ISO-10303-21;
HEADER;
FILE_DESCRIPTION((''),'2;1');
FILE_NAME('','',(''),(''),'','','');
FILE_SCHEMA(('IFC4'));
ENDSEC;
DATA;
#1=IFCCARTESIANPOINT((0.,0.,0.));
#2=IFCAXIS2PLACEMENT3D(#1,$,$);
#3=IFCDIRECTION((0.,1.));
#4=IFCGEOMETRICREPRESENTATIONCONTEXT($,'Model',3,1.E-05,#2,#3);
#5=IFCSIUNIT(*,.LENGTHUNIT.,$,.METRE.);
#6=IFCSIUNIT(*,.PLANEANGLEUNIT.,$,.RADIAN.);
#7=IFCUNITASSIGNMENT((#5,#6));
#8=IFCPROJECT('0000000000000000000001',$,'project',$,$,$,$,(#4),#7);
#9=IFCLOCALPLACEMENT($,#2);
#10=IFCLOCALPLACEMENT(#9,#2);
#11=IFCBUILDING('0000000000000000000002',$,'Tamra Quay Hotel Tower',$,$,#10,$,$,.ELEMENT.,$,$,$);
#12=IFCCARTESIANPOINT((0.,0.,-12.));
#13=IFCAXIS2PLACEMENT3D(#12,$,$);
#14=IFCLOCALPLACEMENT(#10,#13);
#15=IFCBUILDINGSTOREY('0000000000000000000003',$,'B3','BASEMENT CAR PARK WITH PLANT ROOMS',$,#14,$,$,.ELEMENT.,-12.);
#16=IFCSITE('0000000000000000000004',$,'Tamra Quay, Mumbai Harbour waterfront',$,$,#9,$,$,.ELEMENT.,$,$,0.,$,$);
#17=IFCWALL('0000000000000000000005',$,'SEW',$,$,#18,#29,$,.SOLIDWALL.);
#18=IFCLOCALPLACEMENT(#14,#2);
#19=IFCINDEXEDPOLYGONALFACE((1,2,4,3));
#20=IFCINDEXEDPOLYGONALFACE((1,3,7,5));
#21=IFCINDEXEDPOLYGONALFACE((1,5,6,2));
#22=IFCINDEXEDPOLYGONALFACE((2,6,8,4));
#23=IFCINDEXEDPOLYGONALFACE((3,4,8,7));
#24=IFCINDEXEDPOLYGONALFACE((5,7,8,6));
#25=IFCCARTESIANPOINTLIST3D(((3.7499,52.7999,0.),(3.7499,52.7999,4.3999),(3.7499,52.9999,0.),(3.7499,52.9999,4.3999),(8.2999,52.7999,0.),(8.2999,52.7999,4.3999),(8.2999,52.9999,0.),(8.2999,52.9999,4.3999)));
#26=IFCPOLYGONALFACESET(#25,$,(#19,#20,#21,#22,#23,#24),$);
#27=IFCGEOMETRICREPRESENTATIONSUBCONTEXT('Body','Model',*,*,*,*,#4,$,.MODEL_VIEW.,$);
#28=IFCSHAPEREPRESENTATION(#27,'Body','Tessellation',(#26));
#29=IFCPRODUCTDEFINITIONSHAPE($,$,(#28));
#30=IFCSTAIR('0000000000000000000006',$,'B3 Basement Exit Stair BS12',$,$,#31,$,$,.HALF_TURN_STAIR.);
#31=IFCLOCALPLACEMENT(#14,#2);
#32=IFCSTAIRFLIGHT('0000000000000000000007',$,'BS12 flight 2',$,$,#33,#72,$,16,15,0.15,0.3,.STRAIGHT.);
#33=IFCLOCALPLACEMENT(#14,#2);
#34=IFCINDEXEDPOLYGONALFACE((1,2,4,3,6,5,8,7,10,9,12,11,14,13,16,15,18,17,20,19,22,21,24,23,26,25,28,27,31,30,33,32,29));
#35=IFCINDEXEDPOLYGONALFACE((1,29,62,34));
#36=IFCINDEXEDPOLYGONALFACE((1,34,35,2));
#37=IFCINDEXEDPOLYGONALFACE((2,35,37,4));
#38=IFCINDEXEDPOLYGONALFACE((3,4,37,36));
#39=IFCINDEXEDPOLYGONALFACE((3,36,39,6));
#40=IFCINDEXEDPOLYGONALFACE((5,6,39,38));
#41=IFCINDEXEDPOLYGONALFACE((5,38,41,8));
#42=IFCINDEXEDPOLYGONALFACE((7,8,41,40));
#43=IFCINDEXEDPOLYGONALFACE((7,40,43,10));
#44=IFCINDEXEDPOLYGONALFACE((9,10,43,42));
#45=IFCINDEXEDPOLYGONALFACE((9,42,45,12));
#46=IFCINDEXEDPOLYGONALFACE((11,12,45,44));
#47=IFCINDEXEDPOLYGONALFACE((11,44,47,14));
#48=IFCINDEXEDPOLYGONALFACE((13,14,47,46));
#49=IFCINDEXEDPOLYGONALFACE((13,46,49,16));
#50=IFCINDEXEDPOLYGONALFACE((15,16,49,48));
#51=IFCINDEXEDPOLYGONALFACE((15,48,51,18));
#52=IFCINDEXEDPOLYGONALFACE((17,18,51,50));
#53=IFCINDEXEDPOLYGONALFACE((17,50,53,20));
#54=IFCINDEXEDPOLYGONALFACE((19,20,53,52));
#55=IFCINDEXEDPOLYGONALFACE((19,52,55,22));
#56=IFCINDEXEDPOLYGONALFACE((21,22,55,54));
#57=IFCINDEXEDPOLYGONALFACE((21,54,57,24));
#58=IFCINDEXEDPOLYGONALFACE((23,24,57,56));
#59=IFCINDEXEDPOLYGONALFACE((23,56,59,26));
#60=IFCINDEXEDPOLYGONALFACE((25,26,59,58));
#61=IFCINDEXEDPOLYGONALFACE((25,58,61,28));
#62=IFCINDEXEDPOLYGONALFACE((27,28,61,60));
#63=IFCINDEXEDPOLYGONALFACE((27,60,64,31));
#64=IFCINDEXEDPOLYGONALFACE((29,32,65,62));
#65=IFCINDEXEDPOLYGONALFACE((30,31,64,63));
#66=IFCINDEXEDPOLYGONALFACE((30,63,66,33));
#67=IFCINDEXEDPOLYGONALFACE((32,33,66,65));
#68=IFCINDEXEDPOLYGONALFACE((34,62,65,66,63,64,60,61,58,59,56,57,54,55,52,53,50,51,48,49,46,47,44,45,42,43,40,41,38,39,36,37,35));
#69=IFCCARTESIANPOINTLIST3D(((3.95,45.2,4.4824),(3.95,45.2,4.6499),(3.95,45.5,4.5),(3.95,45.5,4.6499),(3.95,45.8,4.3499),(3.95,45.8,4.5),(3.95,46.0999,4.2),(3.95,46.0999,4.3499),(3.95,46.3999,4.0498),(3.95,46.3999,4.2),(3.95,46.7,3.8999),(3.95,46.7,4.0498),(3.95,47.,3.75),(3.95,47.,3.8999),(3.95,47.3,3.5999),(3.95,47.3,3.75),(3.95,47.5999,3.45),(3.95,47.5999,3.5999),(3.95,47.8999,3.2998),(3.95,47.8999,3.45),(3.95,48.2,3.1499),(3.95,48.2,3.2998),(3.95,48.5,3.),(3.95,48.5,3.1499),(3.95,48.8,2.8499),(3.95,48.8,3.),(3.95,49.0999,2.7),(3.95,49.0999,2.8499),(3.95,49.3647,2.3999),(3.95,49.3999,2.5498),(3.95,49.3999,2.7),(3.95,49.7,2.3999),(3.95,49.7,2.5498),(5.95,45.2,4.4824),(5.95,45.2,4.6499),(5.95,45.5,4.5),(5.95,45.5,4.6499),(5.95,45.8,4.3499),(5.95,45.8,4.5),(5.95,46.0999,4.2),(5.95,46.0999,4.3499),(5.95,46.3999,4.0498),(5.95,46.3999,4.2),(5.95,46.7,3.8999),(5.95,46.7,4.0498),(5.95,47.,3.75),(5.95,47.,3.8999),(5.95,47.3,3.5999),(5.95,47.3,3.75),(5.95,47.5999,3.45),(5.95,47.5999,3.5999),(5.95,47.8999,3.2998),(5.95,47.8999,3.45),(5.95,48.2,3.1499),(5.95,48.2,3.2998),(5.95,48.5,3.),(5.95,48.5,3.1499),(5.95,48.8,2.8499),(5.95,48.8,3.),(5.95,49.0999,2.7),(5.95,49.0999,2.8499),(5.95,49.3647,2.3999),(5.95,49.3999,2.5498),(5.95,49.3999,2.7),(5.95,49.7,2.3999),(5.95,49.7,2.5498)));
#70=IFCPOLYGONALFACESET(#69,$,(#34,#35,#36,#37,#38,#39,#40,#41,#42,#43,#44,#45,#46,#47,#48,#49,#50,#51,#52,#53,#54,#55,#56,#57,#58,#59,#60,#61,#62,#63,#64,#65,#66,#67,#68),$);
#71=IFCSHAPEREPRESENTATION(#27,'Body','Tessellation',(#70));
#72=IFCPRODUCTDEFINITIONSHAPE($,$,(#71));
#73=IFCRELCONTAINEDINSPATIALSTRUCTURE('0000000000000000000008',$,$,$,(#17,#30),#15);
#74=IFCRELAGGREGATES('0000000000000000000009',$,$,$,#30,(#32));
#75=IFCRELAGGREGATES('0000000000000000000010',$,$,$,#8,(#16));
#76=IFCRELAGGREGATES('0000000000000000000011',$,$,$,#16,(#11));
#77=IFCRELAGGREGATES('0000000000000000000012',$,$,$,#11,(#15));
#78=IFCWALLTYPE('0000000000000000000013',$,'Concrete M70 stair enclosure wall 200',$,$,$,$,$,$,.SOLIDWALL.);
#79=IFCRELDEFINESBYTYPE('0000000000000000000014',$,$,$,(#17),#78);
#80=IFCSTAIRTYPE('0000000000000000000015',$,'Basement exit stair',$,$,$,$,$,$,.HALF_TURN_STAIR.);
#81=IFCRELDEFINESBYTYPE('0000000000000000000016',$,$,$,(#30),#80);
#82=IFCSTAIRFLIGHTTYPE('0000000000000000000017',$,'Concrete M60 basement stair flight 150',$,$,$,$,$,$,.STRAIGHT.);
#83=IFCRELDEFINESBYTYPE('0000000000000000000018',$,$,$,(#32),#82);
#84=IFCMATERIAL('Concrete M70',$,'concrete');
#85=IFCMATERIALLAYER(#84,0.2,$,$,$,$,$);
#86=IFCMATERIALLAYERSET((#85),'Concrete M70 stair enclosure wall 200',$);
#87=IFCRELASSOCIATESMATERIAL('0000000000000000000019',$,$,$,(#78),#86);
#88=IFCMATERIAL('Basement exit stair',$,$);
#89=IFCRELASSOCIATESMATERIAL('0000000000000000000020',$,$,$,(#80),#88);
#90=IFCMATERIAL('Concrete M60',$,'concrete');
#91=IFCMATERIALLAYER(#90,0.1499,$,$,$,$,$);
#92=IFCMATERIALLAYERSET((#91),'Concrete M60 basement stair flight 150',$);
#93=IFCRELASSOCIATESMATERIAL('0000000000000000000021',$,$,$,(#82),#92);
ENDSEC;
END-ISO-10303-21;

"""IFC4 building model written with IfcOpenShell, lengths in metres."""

from ifc_helpers import new_model, si_unit, direction, frame, frame_2d, origin, place, context, subcontext, project, spatial, polyline, rectangle, outline, extrude, material, layer, layer_set, type_object, element, aggregate, save


model = new_model("IFC4")

# Units and contexts
model_context = context("Model", 3, precision=1e-05, world=origin(), true_north=direction((0.0, 1.0)))
body_context = subcontext(model_context, "Body", "Model", "MODEL_VIEW")
ifc_project = project(units=[si_unit("LENGTHUNIT", "METRE"), si_unit("PLANEANGLEUNIT", "RADIAN")], contexts=[model_context])

# Site, building, storey
site_placement = place(None, origin())
site = spatial("IfcSite", under=ifc_project, at=site_placement, Name="Tamra Quay, Mumbai Harbour waterfront", CompositionType="ELEMENT", RefElevation=0.0)
building_placement = place(site_placement, origin())
building = spatial("IfcBuilding", under=site, at=building_placement, Name="Tamra Quay Hotel Tower", CompositionType="ELEMENT")
storey_placement = place(building_placement, frame((0.0, 0.0, -12.0)))
storey = spatial("IfcBuildingStorey", under=building, at=storey_placement, Name="B3", Description="BASEMENT CAR PARK WITH PLANT ROOMS", CompositionType="ELEMENT", Elevation=-12.0)

# Shared definitions
ifc_material_1 = material(Name="Concrete M70", Category="concrete")

# Wall
ifc_layer_1 = layer(ifc_material_1, 0.2)
ifc_layer_set_1 = layer_set([ifc_layer_1], Name="Concrete M70 stair enclosure wall 200")
wall_type_1 = type_object("IfcWallType", Name="Concrete M70 stair enclosure wall 200", PredefinedType="SOLIDWALL", material=ifc_layer_set_1)
wall_1_placement = place(storey_placement, frame((3.75, 52.8999, 0.0), z_axis=(0.0, 0.0, 1.0), x_axis=(1.0, 0.0, 0.0)))
element("IfcWall", 1, at=wall_1_placement, inside=storey, type_object=wall_type_1, Name="SEW", PredefinedType="SOLIDWALL", context=body_context, shape_type="SweptSolid", body=[
    extrude(rectangle(XDim=4.55, YDim=0.2, at=frame_2d((2.2749, 0.0))), origin(), (0.0, 0.0, 1.0), 4.3999),
])

# Stair, stair flight
ifc_material_2 = material(Name="Basement exit stair")
stair_type = type_object("IfcStairType", Name="Basement exit stair", PredefinedType="HALF_TURN_STAIR", material=ifc_material_2)
stair_placement = place(storey_placement, origin())
stair = element("IfcStair", 2, at=stair_placement, inside=storey, type_object=stair_type, Name="B3 Basement Exit Stair BS12", PredefinedType="HALF_TURN_STAIR")
ifc_material_3 = material(Name="Concrete M60", Category="concrete")
ifc_layer_2 = layer(ifc_material_3, 0.1499)
ifc_layer_set_2 = layer_set([ifc_layer_2], Name="Concrete M60 basement stair flight 150")
stair_flight_type = type_object("IfcStairFlightType", Name="Concrete M60 basement stair flight 150", PredefinedType="STRAIGHT", material=ifc_layer_set_2)
stair_flight_placement = place(storey_placement, frame((4.95, 49.7, 2.3999), z_axis=(0.0, 0.0, 1.0), x_axis=(0.0, -1.0, 0.0)))
stair_flight = element("IfcStairFlight", 3, at=stair_flight_placement, type_object=stair_flight_type, Name="BS12 flight 2", NumberOfRisers=16, NumberOfTreads=15, PredefinedType="STRAIGHT", RiserHeight=0.15, TreadLength=0.3, context=body_context, shape_type="SweptSolid", body=[
    extrude(outline(polyline([(0.0, 0.0), (0.0, 0.1499), (0.3, 0.1499), (0.3, 0.3), (0.6001, 0.3), (0.6001, 0.45), (0.8999, 0.45), (0.8999, 0.6001), (1.2, 0.6001), (1.2, 0.75), (1.5, 0.75), (1.5, 0.8999), (1.8, 0.8999), (1.8, 1.05), (2.1001, 1.05), (2.1001, 1.2), (2.3999, 1.2), (2.3999, 1.3501), (2.7, 1.3501), (2.7, 1.5), (3.0, 1.5), (3.0, 1.6499), (3.3, 1.6499), (3.3, 1.8), (3.6001, 1.8), (3.6001, 1.95), (3.8999, 1.95), (3.8999, 2.1001), (4.2, 2.1001), (4.2, 2.25), (4.5, 2.25), (4.5, 2.3999), (4.5, 2.0825), (0.3352, 0.0), (0.0, 0.0)])), frame((0.0, 1.0, 0.0), z_axis=(0.0, -1.0, 0.0), x_axis=(1.0, 0.0, 0.0)), (0.0, 0.0, 1.0), 2.0),
])
aggregate(stair, [stair_flight])

save(model, "model.ifc")
